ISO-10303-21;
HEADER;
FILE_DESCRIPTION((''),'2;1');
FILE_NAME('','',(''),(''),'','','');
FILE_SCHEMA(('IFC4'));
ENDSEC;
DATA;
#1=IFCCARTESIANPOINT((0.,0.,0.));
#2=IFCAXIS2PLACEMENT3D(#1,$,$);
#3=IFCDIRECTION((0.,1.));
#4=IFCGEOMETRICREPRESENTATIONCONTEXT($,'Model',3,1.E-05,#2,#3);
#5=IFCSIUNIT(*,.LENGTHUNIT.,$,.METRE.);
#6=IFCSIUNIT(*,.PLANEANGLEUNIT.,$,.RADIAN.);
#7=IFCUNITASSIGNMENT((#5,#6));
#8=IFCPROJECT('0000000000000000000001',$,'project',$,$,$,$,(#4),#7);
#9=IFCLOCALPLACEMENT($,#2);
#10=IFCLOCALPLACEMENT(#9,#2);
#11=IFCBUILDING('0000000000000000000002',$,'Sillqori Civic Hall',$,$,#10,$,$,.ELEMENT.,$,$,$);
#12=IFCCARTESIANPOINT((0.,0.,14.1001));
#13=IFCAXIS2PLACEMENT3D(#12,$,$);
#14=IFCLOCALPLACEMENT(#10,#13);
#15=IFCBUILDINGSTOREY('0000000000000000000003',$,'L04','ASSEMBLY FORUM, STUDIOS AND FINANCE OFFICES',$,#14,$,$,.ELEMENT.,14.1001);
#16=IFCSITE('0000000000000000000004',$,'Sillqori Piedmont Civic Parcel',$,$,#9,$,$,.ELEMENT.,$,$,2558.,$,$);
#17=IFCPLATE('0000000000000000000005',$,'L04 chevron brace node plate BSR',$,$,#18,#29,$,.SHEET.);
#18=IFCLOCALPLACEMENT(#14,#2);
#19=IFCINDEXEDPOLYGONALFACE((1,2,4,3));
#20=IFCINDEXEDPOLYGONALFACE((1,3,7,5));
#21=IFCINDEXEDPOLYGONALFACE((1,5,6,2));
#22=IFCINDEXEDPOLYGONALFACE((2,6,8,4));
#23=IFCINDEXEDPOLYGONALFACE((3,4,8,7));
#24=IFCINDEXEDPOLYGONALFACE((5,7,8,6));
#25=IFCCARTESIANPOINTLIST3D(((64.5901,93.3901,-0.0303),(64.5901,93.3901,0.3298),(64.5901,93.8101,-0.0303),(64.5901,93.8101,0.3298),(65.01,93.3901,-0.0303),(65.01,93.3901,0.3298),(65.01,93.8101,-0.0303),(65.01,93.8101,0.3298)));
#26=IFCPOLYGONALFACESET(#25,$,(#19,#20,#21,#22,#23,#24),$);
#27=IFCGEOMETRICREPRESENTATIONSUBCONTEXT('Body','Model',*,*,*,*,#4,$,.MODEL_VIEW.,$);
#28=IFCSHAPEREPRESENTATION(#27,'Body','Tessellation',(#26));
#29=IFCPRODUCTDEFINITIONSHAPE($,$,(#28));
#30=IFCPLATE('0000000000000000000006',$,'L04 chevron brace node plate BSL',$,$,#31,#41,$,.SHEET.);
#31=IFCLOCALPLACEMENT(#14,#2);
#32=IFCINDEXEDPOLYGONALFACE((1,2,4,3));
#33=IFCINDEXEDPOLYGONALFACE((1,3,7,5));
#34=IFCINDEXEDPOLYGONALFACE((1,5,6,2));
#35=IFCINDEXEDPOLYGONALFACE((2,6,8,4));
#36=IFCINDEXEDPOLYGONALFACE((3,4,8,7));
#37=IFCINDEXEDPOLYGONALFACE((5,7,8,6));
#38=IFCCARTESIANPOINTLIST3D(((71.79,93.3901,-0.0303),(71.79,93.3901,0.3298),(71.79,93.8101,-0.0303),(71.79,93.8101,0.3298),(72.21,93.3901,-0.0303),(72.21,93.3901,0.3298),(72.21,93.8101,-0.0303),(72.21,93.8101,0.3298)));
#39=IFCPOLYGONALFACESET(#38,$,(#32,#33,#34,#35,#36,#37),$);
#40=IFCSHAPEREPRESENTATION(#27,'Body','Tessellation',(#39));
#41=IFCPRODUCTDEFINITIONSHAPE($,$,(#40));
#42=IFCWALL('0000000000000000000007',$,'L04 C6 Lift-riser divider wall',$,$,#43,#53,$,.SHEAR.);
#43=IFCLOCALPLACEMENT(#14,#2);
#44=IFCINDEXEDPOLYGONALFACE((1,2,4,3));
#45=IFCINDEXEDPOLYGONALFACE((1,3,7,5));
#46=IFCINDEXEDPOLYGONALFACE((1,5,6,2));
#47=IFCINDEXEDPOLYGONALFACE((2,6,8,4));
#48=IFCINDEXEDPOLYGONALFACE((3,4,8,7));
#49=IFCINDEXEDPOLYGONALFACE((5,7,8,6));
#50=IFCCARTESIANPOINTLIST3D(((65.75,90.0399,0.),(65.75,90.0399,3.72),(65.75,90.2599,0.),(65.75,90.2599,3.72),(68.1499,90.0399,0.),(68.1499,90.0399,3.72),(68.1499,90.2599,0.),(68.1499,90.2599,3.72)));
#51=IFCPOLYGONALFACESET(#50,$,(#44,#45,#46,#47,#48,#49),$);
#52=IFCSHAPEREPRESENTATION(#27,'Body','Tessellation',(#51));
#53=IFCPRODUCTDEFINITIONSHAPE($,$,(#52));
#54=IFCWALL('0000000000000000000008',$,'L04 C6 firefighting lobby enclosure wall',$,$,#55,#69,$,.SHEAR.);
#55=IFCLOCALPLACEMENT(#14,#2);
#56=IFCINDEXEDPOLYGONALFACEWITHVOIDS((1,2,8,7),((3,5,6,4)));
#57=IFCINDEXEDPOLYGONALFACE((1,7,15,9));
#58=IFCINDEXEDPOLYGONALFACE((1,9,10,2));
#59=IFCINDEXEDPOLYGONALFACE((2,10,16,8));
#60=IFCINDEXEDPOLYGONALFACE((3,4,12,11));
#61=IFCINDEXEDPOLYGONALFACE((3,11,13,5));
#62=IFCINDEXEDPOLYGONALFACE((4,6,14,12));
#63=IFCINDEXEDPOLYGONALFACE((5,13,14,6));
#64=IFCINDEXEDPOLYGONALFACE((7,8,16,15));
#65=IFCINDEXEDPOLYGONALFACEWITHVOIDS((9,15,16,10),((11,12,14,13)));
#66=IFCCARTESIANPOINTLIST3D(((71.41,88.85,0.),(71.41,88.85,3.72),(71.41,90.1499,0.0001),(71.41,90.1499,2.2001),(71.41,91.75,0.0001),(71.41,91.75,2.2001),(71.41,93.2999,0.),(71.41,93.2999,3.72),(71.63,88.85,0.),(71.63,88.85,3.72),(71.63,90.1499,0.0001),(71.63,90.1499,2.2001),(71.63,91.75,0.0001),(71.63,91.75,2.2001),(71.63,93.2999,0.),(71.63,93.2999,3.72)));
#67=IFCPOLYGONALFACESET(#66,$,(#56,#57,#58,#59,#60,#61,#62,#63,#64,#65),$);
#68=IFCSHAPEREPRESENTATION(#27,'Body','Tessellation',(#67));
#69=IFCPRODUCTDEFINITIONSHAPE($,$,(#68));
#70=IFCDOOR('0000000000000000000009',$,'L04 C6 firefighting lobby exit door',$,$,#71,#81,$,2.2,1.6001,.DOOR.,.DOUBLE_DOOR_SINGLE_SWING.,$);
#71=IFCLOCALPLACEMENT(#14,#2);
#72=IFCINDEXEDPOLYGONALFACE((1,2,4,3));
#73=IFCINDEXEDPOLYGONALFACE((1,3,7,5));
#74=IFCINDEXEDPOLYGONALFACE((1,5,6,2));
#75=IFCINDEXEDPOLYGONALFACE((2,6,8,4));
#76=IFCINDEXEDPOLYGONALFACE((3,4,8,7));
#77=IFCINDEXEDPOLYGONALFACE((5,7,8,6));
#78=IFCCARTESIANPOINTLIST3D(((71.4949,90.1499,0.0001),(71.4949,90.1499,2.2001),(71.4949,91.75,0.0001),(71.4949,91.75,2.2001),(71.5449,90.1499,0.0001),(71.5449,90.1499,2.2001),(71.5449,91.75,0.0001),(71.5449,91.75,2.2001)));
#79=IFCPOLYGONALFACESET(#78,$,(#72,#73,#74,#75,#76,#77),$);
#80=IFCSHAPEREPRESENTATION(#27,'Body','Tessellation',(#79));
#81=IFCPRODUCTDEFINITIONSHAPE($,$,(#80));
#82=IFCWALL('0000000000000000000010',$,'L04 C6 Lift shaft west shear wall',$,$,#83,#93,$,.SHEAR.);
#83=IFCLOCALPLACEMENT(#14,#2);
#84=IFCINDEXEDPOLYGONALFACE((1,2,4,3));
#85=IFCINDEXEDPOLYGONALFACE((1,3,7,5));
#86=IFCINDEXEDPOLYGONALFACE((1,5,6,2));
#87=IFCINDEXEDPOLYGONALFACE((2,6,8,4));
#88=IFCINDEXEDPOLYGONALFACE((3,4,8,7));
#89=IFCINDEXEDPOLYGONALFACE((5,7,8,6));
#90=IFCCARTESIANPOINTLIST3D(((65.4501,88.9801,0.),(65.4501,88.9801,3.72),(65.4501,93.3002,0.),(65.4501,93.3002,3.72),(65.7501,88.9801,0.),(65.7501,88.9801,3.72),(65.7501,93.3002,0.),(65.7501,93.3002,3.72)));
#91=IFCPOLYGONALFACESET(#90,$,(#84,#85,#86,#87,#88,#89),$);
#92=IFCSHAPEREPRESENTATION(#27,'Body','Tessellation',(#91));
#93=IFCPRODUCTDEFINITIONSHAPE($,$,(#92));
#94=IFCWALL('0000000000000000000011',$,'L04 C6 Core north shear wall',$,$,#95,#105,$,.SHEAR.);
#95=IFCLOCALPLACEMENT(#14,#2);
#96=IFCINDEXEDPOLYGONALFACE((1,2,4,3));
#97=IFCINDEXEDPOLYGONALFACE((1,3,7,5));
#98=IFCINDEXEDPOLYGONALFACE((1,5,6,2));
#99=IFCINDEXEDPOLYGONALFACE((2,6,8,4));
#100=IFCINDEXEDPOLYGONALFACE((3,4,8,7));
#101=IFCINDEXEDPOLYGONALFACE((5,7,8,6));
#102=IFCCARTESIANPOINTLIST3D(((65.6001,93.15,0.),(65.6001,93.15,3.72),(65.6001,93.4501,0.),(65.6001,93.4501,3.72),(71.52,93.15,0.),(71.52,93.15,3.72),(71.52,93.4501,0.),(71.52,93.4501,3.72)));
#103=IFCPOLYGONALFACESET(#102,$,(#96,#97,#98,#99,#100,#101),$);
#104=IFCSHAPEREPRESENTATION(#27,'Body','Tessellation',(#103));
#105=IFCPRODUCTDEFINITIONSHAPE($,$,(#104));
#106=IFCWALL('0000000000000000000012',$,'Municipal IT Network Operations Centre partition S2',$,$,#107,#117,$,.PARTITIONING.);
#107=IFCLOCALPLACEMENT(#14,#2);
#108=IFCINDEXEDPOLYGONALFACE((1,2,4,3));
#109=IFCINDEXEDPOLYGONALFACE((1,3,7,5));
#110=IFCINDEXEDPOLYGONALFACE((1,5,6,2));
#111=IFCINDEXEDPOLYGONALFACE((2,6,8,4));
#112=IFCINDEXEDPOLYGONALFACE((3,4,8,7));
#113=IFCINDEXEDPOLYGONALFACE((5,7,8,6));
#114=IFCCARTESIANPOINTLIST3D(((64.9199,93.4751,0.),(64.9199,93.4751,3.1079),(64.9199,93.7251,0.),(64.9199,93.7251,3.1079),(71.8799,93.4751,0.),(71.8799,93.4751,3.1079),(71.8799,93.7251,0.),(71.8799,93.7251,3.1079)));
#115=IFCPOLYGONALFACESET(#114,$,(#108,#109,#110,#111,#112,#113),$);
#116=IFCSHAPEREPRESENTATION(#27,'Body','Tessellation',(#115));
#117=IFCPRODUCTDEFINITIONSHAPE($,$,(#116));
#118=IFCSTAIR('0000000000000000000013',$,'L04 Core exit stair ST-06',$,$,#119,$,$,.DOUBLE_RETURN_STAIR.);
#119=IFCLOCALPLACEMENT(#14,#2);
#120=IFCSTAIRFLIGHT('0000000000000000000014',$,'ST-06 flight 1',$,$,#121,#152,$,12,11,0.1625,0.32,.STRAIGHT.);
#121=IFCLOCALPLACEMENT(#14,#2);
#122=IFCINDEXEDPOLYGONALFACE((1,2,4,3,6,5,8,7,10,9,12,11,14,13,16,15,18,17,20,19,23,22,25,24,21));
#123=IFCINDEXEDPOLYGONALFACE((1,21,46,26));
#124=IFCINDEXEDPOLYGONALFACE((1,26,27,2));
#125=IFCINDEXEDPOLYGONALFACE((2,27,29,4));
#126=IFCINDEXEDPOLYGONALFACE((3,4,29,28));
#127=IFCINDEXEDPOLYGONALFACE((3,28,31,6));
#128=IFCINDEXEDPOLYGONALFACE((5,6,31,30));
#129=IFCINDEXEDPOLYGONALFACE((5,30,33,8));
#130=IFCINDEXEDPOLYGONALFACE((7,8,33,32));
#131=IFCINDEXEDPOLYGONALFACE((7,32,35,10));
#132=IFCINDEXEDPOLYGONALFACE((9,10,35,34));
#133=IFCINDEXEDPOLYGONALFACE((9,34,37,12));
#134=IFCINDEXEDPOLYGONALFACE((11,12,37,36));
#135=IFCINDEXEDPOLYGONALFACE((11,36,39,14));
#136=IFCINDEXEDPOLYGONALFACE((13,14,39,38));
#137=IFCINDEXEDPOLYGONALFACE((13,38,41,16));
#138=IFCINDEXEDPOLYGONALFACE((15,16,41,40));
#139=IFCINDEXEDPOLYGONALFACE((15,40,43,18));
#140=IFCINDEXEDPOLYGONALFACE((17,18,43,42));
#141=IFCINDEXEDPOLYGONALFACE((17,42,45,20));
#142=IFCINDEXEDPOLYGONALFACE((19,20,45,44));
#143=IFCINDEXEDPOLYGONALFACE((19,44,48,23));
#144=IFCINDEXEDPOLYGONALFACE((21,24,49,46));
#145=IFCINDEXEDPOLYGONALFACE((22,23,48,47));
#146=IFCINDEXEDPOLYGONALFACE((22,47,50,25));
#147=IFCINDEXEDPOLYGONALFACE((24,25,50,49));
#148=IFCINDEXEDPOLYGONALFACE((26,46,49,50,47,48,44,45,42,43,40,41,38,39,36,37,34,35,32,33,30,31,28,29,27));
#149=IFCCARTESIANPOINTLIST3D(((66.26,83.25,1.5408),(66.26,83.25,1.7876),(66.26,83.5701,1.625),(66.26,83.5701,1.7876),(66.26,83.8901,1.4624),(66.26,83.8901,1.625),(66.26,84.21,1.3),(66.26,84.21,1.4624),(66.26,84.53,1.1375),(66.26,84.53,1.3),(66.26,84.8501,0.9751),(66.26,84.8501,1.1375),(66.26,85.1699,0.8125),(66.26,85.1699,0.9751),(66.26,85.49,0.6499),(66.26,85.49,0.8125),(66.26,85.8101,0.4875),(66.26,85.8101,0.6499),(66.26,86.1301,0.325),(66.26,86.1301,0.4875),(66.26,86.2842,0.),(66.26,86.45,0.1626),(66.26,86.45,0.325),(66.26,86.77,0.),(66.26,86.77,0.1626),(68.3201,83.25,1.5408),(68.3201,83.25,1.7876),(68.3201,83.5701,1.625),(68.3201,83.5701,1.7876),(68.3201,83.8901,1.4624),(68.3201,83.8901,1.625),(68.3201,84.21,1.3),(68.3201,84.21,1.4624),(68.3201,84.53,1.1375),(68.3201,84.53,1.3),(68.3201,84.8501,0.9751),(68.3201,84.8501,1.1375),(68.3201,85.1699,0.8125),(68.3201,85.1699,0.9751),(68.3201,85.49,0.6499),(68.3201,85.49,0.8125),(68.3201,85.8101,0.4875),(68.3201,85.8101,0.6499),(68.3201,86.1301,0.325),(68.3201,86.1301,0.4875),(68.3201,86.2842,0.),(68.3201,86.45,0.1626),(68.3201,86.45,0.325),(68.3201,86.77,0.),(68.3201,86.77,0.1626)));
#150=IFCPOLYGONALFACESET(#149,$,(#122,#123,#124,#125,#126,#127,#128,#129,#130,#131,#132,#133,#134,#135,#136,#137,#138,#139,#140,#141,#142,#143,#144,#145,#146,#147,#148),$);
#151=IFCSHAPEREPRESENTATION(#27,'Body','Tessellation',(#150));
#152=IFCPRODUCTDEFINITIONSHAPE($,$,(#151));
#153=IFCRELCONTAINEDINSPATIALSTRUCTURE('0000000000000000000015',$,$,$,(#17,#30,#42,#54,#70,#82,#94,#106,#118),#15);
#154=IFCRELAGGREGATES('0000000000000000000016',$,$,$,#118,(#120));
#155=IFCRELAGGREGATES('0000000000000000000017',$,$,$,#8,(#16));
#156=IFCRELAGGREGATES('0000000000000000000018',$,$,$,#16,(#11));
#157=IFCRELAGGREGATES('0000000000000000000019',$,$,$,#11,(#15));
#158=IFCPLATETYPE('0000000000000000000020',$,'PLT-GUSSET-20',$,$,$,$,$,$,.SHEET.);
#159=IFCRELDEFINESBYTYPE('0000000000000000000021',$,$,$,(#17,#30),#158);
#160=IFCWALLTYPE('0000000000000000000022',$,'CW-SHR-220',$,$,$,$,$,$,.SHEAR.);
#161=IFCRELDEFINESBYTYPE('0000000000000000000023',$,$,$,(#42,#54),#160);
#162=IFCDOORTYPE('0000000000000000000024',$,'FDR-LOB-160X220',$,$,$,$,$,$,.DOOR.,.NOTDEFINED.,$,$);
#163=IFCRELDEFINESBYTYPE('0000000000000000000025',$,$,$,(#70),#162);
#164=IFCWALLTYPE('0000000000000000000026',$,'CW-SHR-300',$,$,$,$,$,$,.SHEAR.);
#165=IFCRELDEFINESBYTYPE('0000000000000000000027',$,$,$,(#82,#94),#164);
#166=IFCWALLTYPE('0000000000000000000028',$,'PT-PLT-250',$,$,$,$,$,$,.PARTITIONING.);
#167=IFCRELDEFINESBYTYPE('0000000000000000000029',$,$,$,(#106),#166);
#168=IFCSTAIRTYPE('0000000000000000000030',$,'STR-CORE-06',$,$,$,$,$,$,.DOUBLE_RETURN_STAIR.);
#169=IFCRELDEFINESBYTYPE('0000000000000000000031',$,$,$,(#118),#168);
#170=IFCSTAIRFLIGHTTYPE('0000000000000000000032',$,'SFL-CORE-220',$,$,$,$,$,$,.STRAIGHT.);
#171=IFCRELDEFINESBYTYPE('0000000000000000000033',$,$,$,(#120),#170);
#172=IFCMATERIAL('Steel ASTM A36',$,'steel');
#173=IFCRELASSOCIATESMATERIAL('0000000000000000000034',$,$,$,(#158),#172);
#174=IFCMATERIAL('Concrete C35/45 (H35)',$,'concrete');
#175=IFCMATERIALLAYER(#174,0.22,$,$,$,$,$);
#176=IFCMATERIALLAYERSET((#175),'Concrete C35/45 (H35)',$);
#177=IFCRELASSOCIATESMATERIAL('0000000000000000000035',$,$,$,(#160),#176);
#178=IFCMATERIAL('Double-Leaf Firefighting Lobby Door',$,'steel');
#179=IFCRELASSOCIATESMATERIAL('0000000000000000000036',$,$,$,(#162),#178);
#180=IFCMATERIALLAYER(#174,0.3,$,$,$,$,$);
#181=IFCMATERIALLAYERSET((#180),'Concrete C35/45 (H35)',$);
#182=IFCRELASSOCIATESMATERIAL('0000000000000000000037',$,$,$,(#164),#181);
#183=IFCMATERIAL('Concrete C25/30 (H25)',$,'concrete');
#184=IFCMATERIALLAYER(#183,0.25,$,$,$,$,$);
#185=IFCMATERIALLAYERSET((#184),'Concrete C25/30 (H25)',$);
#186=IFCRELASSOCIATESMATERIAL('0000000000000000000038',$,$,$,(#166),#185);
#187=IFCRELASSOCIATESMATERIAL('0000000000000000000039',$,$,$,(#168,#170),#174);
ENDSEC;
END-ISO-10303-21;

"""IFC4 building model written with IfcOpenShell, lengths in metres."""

from ifc_helpers import new_model, si_unit, direction, frame, frame_2d, origin, origin_2d, place, context, subcontext, project, spatial, polyline, rectangle, outline, extrude, material, layer, layer_set, type_object, element, fill, aggregate, save


model = new_model("IFC4")

# Units and contexts
model_context = context("Model", 3, precision=1e-05, world=origin(), true_north=direction((0.0, 1.0)))
body_context = subcontext(model_context, "Body", "Model", "MODEL_VIEW")
ifc_project = project(units=[si_unit("LENGTHUNIT", "METRE"), si_unit("PLANEANGLEUNIT", "RADIAN")], contexts=[model_context])

# Site, building, storey
site_placement = place(None, origin())
site = spatial("IfcSite", under=ifc_project, at=site_placement, Name="Sillqori Piedmont Civic Parcel", CompositionType="ELEMENT", RefElevation=2558.0)
building_placement = place(site_placement, origin())
building = spatial("IfcBuilding", under=site, at=building_placement, Name="Sillqori Civic Hall", CompositionType="ELEMENT")
storey_placement = place(building_placement, frame((0.0, 0.0, 14.1001)))
storey = spatial("IfcBuildingStorey", under=building, at=storey_placement, Name="L04", Description="ASSEMBLY FORUM, STUDIOS AND FINANCE OFFICES", CompositionType="ELEMENT", Elevation=14.1001)

# Shared definitions
ifc_material_1 = material(Name="Concrete C35/45 (H35)", Category="concrete")

# Plates
ifc_material_2 = material(Name="Steel ASTM A36", Category="steel")
plate_type = type_object("IfcPlateType", Name="PLT-GUSSET-20", PredefinedType="SHEET", material=ifc_material_2)
for number, where, z_axis, x_axis, name in (
    (1, (64.8, 93.6001, -0.0303), (0.0, 0.0, 1.0), (1.0, 0.0, 0.0), "L04 chevron brace node plate BSR"),
    (2, (72.0, 93.6001, -0.0303), (0.0, 0.0, 1.0), (1.0, 0.0, 0.0), "L04 chevron brace node plate BSL"),
):
    element("IfcPlate", number, at=place(storey_placement, frame(where, z_axis=z_axis, x_axis=x_axis)), inside=storey, type_object=plate_type, Name=name, PredefinedType="SHEET", context=body_context, shape_type="SweptSolid", body=[
        extrude(rectangle(XDim=0.4199, YDim=0.4199, at=origin_2d()), origin(), (0.0, 0.0, 1.0), 0.3601),
    ])

# Wall
ifc_layer_1 = layer(ifc_material_1, 0.22)
ifc_layer_set_1 = layer_set([ifc_layer_1], Name="Concrete C35/45 (H35)")
wall_type_1 = type_object("IfcWallType", Name="CW-SHR-220", PredefinedType="SHEAR", material=ifc_layer_set_1)
wall_1_placement = place(storey_placement, frame((65.75, 90.1499, 0.0), z_axis=(0.0, 0.0, 1.0), x_axis=(1.0, 0.0, 0.0)))
element("IfcWall", 3, at=wall_1_placement, inside=storey, type_object=wall_type_1, Name="L04 C6 Lift-riser divider wall", PredefinedType="SHEAR", context=body_context, shape_type="SweptSolid", body=[
    extrude(rectangle(XDim=2.3999, YDim=0.22, at=frame_2d((1.2, 0.0))), origin(), (0.0, 0.0, 1.0), 3.72),
])

# Wall, opening, door
wall_2_placement = place(storey_placement, frame((71.52, 93.3, 0.0), z_axis=(0.0, 0.0, 1.0), x_axis=(0.0, -1.0, 0.0)))
wall_2 = element("IfcWall", 4, at=wall_2_placement, inside=storey, type_object=wall_type_1, Name="L04 C6 firefighting lobby enclosure wall", PredefinedType="SHEAR", context=body_context, shape_type="SweptSolid", body=[
    extrude(rectangle(XDim=4.45, YDim=0.22, at=frame_2d((2.2251, 0.0))), origin(), (0.0, 0.0, 1.0), 3.72),
])
opening_1_placement = place(wall_2_placement, frame((1.55, 0.0, 0.0)))
opening_1 = element("IfcOpeningElement", 5, at=opening_1_placement, cuts=wall_2, PredefinedType="OPENING", context=body_context, shape_type="SweptSolid", body=[
    extrude(rectangle(XDim=1.6001, YDim=2.2, at=frame_2d((0.8, 1.1001))), frame((0.0, 0.1199, 0.0), z_axis=(0.0, -1.0, 0.0), x_axis=(1.0, 0.0, 0.0)), (0.0, 0.0, 1.0), 0.24),
])
ifc_material_3 = material(Name="Double-Leaf Firefighting Lobby Door", Category="steel")
door_type_1 = type_object("IfcDoorType", Name="FDR-LOB-160X220", OperationType="NOTDEFINED", PredefinedType="DOOR", material=ifc_material_3)
door_1_placement = place(opening_1_placement, origin())
door_1 = element("IfcDoor", 6, at=door_1_placement, inside=storey, type_object=door_type_1, Name="L04 C6 firefighting lobby exit door", OperationType="DOUBLE_DOOR_SINGLE_SWING", OverallHeight=2.2, OverallWidth=1.6001, PredefinedType="DOOR", context=body_context, shape_type="SweptSolid", body=[
    extrude(rectangle(XDim=1.6001, YDim=2.2, at=frame_2d((0.8, 1.1001))), frame((0.0, 0.0249, 0.0), z_axis=(0.0, -1.0, 0.0), x_axis=(1.0, 0.0, 0.0)), (0.0, 0.0, 1.0), 0.05),
])
fill(opening_1, door_1)

# Walls
ifc_layer_2 = layer(ifc_material_1, 0.3)
ifc_layer_set_2 = layer_set([ifc_layer_2], Name="Concrete C35/45 (H35)")
wall_type_2 = type_object("IfcWallType", Name="CW-SHR-300", PredefinedType="SHEAR", material=ifc_layer_set_2)
wall_3_placement = place(storey_placement, frame((65.6001, 88.98, 0.0), z_axis=(0.0, 0.0, 1.0), x_axis=(0.0, 1.0, 0.0)))
element("IfcWall", 7, at=wall_3_placement, inside=storey, type_object=wall_type_2, Name="L04 C6 Lift shaft west shear wall", PredefinedType="SHEAR", context=body_context, shape_type="SweptSolid", body=[
    extrude(rectangle(XDim=4.3201, YDim=0.3, at=frame_2d((2.1602, 0.0))), origin(), (0.0, 0.0, 1.0), 3.72),
])
wall_4_placement = place(storey_placement, frame((65.6001, 93.3, 0.0), z_axis=(0.0, 0.0, 1.0), x_axis=(1.0, 0.0, 0.0)))
element("IfcWall", 8, at=wall_4_placement, inside=storey, type_object=wall_type_2, Name="L04 C6 Core north shear wall", PredefinedType="SHEAR", context=body_context, shape_type="SweptSolid", body=[
    extrude(rectangle(XDim=5.9199, YDim=0.3, at=frame_2d((2.96, 0.0))), origin(), (0.0, 0.0, 1.0), 3.72),
])
ifc_material_4 = material(Name="Concrete C25/30 (H25)", Category="concrete")
ifc_layer_3 = layer(ifc_material_4, 0.25)
ifc_layer_set_3 = layer_set([ifc_layer_3], Name="Concrete C25/30 (H25)")
wall_type_3 = type_object("IfcWallType", Name="PT-PLT-250", PredefinedType="PARTITIONING", material=ifc_layer_set_3)
wall_5_placement = place(storey_placement, frame((71.8799, 93.6001, 0.0), z_axis=(0.0, 0.0, 1.0), x_axis=(-1.0, 0.0, 0.0)))
element("IfcWall", 9, at=wall_5_placement, inside=storey, type_object=wall_type_3, Name="Municipal IT Network Operations Centre partition S2", PredefinedType="PARTITIONING", context=body_context, shape_type="SweptSolid", body=[
    extrude(rectangle(XDim=6.96, YDim=0.25, at=frame_2d((3.48, 0.0))), origin(), (0.0, 0.0, 1.0), 3.1079),
])

# Stair, stair flight
stair_type = type_object("IfcStairType", Name="STR-CORE-06", PredefinedType="DOUBLE_RETURN_STAIR", material=ifc_material_1)
stair_placement = place(storey_placement, origin())
stair = element("IfcStair", 10, at=stair_placement, inside=storey, type_object=stair_type, Name="L04 Core exit stair ST-06", PredefinedType="DOUBLE_RETURN_STAIR")
stair_flight_type = type_object("IfcStairFlightType", Name="SFL-CORE-220", PredefinedType="STRAIGHT", material=ifc_material_1)
stair_flight_placement = place(storey_placement, frame((67.29, 86.77, 0.0), z_axis=(0.0, 0.0, 1.0), x_axis=(0.0, -1.0, 0.0)))
stair_flight = element("IfcStairFlight", 11, at=stair_flight_placement, type_object=stair_flight_type, Name="ST-06 flight 1", NumberOfRisers=12, NumberOfTreads=11, PredefinedType="STRAIGHT", RiserHeight=0.1625, TreadLength=0.32, context=body_context, shape_type="SweptSolid", body=[
    extrude(outline(polyline([(0.0, 0.0), (0.0, 0.1626), (0.3201, 0.1626), (0.3201, 0.325), (0.6399, 0.325), (0.6399, 0.4875), (0.96, 0.4875), (0.96, 0.6499), (1.28, 0.6499), (1.28, 0.8125), (1.6001, 0.8125), (1.6001, 0.9751), (1.9199, 0.9751), (1.9199, 1.1375), (2.24, 1.1375), (2.24, 1.3), (2.5601, 1.3), (2.5601, 1.4624), (2.8799, 1.4624), (2.8799, 1.625), (3.2, 1.625), (3.2, 1.7876), (3.52, 1.7876), (3.52, 1.95), (3.52, 1.5408), (0.4858, 0.0), (0.0, 0.0)])), frame((0.0, 1.03, 0.0), z_axis=(0.0, -1.0, 0.0), x_axis=(1.0, 0.0, 0.0)), (0.0, 0.0, 1.0), 2.0601),
])
aggregate(stair, [stair_flight])

save(model, "model.ifc")
